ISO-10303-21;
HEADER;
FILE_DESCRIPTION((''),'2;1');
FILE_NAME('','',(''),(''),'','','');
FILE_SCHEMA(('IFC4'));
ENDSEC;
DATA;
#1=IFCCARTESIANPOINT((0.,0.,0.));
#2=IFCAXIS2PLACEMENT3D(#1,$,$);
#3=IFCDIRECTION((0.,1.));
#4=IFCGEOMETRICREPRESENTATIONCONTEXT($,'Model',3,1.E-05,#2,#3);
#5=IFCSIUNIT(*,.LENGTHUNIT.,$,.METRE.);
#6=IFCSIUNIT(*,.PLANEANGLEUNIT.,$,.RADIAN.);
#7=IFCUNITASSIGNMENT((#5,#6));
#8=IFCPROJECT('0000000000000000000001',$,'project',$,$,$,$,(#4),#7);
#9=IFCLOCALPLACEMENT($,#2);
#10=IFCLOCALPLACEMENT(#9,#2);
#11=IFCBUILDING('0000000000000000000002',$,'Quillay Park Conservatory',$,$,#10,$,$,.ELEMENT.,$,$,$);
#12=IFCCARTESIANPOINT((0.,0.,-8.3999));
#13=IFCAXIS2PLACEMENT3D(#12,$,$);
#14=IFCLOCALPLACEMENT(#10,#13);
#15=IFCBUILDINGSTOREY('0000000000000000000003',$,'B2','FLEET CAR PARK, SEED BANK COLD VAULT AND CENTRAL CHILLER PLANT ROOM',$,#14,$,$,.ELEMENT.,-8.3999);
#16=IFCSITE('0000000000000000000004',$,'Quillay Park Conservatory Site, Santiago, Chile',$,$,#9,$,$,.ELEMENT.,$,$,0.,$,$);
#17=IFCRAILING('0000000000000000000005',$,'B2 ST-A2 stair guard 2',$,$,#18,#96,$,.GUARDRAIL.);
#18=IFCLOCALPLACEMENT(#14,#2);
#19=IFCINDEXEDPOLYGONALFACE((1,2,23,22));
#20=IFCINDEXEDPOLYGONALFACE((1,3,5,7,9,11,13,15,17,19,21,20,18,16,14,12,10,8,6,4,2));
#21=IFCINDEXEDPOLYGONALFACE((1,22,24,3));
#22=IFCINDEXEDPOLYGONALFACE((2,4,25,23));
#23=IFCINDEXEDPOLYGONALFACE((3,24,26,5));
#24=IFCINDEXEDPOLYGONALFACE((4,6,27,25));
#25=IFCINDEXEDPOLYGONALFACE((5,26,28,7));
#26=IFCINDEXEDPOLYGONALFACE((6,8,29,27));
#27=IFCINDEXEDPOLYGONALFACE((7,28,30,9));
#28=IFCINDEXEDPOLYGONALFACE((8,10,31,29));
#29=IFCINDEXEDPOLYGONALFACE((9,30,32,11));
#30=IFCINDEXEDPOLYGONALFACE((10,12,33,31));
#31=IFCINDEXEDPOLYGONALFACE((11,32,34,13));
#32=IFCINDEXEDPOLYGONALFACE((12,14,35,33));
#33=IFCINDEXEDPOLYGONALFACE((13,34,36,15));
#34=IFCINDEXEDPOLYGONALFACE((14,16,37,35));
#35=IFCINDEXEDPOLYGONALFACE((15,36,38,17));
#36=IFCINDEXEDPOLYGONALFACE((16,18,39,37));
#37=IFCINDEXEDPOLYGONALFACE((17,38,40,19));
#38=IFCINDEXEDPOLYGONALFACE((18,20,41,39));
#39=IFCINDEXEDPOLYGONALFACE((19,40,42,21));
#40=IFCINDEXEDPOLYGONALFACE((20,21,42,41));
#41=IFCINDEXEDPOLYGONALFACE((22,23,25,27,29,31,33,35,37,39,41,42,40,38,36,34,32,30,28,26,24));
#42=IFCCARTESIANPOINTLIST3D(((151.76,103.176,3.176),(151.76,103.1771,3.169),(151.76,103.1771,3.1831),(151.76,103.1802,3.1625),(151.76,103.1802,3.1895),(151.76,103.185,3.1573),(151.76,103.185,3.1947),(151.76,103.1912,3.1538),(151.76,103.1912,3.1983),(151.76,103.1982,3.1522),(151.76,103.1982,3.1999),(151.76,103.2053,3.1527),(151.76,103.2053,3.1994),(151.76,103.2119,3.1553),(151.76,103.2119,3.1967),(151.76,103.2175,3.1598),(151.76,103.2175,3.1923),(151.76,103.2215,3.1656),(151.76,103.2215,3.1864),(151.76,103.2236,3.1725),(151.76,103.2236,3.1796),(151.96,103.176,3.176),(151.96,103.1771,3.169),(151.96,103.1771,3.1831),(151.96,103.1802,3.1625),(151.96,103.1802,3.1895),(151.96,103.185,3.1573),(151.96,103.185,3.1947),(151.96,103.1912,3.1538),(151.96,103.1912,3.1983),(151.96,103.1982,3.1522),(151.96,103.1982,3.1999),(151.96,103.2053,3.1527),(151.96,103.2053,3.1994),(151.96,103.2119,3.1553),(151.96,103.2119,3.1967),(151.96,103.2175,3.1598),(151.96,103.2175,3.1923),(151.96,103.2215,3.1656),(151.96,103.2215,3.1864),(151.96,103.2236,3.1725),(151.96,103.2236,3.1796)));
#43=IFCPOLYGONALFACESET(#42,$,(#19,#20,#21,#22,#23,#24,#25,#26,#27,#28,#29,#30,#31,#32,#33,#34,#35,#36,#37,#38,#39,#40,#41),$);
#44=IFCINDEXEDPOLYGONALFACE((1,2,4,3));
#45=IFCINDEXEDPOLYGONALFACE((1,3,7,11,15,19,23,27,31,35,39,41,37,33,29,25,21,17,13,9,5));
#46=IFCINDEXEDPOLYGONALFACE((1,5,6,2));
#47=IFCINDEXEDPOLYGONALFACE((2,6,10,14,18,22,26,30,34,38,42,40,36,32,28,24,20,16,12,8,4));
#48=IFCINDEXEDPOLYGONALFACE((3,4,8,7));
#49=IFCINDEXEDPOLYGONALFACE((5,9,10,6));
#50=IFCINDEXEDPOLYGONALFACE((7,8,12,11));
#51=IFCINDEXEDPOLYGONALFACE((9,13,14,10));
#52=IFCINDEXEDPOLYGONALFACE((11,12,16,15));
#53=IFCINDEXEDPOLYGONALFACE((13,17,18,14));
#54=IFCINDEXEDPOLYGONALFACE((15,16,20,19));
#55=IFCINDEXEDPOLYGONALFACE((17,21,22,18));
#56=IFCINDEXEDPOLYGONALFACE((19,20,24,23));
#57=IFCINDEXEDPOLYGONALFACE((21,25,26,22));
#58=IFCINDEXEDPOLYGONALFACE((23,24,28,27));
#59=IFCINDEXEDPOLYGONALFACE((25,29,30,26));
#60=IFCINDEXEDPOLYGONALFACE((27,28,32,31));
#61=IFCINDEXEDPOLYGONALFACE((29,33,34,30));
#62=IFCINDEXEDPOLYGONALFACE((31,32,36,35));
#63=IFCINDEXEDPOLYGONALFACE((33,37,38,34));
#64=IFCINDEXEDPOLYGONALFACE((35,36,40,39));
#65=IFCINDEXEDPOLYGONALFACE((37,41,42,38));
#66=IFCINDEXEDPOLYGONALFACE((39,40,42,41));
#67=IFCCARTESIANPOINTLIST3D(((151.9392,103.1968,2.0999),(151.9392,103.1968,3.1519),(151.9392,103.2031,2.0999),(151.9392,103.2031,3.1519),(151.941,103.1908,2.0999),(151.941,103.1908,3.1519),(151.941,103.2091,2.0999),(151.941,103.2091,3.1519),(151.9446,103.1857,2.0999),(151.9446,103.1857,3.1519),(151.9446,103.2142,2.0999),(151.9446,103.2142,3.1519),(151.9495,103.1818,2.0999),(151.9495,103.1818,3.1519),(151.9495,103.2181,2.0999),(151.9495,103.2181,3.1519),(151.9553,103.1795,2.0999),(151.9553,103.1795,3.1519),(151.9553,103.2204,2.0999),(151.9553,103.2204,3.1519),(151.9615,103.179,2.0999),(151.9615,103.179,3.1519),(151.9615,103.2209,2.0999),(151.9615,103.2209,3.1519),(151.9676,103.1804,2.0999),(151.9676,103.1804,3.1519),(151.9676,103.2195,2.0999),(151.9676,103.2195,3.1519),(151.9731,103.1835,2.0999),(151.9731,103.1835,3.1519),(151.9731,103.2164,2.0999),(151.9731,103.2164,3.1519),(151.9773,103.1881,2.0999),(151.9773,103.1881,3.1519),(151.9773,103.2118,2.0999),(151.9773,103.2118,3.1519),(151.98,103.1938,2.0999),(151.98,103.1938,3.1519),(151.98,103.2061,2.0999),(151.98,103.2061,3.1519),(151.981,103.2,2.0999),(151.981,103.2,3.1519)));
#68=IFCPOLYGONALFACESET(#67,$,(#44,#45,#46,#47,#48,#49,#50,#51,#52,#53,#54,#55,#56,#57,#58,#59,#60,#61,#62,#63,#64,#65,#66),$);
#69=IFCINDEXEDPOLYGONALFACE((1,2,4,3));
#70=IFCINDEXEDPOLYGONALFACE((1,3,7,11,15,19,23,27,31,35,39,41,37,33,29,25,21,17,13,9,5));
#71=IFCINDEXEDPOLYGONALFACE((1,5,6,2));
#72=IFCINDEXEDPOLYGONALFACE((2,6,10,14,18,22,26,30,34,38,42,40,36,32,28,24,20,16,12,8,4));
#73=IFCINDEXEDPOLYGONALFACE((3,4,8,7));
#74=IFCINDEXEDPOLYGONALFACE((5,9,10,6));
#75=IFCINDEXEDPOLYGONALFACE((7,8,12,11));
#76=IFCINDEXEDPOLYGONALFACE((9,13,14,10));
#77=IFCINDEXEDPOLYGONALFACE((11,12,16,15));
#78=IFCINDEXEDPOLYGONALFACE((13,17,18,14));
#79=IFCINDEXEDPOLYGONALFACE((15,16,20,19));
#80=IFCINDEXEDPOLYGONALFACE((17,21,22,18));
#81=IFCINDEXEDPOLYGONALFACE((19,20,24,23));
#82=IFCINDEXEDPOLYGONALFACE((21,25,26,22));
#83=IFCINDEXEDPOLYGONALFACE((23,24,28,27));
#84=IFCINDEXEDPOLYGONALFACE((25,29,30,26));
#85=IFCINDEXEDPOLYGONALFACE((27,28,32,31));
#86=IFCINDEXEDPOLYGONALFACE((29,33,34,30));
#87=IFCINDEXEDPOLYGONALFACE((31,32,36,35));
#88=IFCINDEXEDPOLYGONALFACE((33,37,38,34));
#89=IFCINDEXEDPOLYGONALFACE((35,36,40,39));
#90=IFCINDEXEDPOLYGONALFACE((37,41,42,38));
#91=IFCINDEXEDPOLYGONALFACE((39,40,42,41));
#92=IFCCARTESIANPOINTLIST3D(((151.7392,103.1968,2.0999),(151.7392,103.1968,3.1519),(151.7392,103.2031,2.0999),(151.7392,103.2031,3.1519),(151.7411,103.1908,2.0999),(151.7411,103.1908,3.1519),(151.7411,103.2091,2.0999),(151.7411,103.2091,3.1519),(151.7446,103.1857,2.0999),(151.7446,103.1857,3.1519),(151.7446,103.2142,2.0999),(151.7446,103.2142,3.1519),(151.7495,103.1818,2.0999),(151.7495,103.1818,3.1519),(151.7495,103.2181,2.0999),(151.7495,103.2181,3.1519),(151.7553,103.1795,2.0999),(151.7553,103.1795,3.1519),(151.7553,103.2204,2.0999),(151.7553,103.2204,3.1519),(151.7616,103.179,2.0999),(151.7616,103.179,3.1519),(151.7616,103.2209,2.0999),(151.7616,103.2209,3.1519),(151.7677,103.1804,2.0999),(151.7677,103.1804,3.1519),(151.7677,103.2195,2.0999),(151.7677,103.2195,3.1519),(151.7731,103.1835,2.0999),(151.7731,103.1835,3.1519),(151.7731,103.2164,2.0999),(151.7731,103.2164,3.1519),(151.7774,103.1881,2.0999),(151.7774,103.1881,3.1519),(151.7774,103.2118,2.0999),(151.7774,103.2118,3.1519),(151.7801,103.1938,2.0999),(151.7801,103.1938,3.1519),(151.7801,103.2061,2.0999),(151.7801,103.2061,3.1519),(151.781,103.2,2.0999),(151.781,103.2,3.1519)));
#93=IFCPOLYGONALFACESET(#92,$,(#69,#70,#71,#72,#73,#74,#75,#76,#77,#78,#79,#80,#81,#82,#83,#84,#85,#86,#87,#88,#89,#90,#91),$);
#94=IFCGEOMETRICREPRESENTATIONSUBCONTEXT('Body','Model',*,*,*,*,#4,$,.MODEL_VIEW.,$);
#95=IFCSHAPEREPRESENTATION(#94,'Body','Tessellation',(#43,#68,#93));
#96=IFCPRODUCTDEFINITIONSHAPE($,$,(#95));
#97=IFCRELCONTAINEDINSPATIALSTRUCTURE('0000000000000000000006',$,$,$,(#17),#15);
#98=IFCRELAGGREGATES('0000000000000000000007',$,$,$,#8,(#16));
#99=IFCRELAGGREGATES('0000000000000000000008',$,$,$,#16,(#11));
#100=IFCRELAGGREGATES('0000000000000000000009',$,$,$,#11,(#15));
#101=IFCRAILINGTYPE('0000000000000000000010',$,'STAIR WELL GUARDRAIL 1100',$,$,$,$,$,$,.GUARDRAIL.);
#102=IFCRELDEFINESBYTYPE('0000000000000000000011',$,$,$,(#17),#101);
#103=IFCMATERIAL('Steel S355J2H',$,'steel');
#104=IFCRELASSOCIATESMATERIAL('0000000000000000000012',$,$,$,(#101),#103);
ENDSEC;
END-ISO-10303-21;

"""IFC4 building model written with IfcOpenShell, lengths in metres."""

from ifc_helpers import new_model, si_unit, direction, frame, origin, origin_2d, place, context, subcontext, project, spatial, circle, extrude, material, type_object, element, save


model = new_model("IFC4")

# Units and contexts
model_context = context("Model", 3, precision=1e-05, world=origin(), true_north=direction((0.0, 1.0)))
body_context = subcontext(model_context, "Body", "Model", "MODEL_VIEW")
ifc_project = project(units=[si_unit("LENGTHUNIT", "METRE"), si_unit("PLANEANGLEUNIT", "RADIAN")], contexts=[model_context])

# Site, building, storey
site_placement = place(None, origin())
site = spatial("IfcSite", under=ifc_project, at=site_placement, Name="Quillay Park Conservatory Site, Santiago, Chile", CompositionType="ELEMENT", RefElevation=0.0)
building_placement = place(site_placement, origin())
building = spatial("IfcBuilding", under=site, at=building_placement, Name="Quillay Park Conservatory", CompositionType="ELEMENT")
storey_placement = place(building_placement, frame((0.0, 0.0, -8.3999)))
storey = spatial("IfcBuildingStorey", under=building, at=storey_placement, Name="B2", Description="FLEET CAR PARK, SEED BANK COLD VAULT AND CENTRAL CHILLER PLANT ROOM", CompositionType="ELEMENT", Elevation=-8.3999)

# Railing
ifc_material_1 = material(Name="Steel S355J2H", Category="steel")
railing_type_1 = type_object("IfcRailingType", Name="STAIR WELL GUARDRAIL 1100", PredefinedType="GUARDRAIL", material=ifc_material_1)
railing_1_placement = place(storey_placement, frame((151.96, 103.2, 2.0999)))
element("IfcRailing", 1, at=railing_1_placement, inside=storey, type_object=railing_type_1, Name="B2 ST-A2 stair guard 2", PredefinedType="GUARDRAIL", context=body_context, shape_type="SweptSolid", body=[
    extrude(circle(Radius=0.0239, at=origin_2d()), frame((0.0, 0.0, 1.0762), z_axis=(-1.0, 0.0, 0.0), x_axis=(0.0, -1.0, 0.0)), (0.0, 0.0, 1.0), 0.2),
    extrude(circle(Radius=0.021, at=origin_2d()), origin(), (0.0, 0.0, 1.0), 1.052),
    extrude(circle(Radius=0.021, at=origin_2d()), frame((-0.2, 0.0, 0.0)), (0.0, 0.0, 1.0), 1.052),
])

save(model, "model.ifc")
